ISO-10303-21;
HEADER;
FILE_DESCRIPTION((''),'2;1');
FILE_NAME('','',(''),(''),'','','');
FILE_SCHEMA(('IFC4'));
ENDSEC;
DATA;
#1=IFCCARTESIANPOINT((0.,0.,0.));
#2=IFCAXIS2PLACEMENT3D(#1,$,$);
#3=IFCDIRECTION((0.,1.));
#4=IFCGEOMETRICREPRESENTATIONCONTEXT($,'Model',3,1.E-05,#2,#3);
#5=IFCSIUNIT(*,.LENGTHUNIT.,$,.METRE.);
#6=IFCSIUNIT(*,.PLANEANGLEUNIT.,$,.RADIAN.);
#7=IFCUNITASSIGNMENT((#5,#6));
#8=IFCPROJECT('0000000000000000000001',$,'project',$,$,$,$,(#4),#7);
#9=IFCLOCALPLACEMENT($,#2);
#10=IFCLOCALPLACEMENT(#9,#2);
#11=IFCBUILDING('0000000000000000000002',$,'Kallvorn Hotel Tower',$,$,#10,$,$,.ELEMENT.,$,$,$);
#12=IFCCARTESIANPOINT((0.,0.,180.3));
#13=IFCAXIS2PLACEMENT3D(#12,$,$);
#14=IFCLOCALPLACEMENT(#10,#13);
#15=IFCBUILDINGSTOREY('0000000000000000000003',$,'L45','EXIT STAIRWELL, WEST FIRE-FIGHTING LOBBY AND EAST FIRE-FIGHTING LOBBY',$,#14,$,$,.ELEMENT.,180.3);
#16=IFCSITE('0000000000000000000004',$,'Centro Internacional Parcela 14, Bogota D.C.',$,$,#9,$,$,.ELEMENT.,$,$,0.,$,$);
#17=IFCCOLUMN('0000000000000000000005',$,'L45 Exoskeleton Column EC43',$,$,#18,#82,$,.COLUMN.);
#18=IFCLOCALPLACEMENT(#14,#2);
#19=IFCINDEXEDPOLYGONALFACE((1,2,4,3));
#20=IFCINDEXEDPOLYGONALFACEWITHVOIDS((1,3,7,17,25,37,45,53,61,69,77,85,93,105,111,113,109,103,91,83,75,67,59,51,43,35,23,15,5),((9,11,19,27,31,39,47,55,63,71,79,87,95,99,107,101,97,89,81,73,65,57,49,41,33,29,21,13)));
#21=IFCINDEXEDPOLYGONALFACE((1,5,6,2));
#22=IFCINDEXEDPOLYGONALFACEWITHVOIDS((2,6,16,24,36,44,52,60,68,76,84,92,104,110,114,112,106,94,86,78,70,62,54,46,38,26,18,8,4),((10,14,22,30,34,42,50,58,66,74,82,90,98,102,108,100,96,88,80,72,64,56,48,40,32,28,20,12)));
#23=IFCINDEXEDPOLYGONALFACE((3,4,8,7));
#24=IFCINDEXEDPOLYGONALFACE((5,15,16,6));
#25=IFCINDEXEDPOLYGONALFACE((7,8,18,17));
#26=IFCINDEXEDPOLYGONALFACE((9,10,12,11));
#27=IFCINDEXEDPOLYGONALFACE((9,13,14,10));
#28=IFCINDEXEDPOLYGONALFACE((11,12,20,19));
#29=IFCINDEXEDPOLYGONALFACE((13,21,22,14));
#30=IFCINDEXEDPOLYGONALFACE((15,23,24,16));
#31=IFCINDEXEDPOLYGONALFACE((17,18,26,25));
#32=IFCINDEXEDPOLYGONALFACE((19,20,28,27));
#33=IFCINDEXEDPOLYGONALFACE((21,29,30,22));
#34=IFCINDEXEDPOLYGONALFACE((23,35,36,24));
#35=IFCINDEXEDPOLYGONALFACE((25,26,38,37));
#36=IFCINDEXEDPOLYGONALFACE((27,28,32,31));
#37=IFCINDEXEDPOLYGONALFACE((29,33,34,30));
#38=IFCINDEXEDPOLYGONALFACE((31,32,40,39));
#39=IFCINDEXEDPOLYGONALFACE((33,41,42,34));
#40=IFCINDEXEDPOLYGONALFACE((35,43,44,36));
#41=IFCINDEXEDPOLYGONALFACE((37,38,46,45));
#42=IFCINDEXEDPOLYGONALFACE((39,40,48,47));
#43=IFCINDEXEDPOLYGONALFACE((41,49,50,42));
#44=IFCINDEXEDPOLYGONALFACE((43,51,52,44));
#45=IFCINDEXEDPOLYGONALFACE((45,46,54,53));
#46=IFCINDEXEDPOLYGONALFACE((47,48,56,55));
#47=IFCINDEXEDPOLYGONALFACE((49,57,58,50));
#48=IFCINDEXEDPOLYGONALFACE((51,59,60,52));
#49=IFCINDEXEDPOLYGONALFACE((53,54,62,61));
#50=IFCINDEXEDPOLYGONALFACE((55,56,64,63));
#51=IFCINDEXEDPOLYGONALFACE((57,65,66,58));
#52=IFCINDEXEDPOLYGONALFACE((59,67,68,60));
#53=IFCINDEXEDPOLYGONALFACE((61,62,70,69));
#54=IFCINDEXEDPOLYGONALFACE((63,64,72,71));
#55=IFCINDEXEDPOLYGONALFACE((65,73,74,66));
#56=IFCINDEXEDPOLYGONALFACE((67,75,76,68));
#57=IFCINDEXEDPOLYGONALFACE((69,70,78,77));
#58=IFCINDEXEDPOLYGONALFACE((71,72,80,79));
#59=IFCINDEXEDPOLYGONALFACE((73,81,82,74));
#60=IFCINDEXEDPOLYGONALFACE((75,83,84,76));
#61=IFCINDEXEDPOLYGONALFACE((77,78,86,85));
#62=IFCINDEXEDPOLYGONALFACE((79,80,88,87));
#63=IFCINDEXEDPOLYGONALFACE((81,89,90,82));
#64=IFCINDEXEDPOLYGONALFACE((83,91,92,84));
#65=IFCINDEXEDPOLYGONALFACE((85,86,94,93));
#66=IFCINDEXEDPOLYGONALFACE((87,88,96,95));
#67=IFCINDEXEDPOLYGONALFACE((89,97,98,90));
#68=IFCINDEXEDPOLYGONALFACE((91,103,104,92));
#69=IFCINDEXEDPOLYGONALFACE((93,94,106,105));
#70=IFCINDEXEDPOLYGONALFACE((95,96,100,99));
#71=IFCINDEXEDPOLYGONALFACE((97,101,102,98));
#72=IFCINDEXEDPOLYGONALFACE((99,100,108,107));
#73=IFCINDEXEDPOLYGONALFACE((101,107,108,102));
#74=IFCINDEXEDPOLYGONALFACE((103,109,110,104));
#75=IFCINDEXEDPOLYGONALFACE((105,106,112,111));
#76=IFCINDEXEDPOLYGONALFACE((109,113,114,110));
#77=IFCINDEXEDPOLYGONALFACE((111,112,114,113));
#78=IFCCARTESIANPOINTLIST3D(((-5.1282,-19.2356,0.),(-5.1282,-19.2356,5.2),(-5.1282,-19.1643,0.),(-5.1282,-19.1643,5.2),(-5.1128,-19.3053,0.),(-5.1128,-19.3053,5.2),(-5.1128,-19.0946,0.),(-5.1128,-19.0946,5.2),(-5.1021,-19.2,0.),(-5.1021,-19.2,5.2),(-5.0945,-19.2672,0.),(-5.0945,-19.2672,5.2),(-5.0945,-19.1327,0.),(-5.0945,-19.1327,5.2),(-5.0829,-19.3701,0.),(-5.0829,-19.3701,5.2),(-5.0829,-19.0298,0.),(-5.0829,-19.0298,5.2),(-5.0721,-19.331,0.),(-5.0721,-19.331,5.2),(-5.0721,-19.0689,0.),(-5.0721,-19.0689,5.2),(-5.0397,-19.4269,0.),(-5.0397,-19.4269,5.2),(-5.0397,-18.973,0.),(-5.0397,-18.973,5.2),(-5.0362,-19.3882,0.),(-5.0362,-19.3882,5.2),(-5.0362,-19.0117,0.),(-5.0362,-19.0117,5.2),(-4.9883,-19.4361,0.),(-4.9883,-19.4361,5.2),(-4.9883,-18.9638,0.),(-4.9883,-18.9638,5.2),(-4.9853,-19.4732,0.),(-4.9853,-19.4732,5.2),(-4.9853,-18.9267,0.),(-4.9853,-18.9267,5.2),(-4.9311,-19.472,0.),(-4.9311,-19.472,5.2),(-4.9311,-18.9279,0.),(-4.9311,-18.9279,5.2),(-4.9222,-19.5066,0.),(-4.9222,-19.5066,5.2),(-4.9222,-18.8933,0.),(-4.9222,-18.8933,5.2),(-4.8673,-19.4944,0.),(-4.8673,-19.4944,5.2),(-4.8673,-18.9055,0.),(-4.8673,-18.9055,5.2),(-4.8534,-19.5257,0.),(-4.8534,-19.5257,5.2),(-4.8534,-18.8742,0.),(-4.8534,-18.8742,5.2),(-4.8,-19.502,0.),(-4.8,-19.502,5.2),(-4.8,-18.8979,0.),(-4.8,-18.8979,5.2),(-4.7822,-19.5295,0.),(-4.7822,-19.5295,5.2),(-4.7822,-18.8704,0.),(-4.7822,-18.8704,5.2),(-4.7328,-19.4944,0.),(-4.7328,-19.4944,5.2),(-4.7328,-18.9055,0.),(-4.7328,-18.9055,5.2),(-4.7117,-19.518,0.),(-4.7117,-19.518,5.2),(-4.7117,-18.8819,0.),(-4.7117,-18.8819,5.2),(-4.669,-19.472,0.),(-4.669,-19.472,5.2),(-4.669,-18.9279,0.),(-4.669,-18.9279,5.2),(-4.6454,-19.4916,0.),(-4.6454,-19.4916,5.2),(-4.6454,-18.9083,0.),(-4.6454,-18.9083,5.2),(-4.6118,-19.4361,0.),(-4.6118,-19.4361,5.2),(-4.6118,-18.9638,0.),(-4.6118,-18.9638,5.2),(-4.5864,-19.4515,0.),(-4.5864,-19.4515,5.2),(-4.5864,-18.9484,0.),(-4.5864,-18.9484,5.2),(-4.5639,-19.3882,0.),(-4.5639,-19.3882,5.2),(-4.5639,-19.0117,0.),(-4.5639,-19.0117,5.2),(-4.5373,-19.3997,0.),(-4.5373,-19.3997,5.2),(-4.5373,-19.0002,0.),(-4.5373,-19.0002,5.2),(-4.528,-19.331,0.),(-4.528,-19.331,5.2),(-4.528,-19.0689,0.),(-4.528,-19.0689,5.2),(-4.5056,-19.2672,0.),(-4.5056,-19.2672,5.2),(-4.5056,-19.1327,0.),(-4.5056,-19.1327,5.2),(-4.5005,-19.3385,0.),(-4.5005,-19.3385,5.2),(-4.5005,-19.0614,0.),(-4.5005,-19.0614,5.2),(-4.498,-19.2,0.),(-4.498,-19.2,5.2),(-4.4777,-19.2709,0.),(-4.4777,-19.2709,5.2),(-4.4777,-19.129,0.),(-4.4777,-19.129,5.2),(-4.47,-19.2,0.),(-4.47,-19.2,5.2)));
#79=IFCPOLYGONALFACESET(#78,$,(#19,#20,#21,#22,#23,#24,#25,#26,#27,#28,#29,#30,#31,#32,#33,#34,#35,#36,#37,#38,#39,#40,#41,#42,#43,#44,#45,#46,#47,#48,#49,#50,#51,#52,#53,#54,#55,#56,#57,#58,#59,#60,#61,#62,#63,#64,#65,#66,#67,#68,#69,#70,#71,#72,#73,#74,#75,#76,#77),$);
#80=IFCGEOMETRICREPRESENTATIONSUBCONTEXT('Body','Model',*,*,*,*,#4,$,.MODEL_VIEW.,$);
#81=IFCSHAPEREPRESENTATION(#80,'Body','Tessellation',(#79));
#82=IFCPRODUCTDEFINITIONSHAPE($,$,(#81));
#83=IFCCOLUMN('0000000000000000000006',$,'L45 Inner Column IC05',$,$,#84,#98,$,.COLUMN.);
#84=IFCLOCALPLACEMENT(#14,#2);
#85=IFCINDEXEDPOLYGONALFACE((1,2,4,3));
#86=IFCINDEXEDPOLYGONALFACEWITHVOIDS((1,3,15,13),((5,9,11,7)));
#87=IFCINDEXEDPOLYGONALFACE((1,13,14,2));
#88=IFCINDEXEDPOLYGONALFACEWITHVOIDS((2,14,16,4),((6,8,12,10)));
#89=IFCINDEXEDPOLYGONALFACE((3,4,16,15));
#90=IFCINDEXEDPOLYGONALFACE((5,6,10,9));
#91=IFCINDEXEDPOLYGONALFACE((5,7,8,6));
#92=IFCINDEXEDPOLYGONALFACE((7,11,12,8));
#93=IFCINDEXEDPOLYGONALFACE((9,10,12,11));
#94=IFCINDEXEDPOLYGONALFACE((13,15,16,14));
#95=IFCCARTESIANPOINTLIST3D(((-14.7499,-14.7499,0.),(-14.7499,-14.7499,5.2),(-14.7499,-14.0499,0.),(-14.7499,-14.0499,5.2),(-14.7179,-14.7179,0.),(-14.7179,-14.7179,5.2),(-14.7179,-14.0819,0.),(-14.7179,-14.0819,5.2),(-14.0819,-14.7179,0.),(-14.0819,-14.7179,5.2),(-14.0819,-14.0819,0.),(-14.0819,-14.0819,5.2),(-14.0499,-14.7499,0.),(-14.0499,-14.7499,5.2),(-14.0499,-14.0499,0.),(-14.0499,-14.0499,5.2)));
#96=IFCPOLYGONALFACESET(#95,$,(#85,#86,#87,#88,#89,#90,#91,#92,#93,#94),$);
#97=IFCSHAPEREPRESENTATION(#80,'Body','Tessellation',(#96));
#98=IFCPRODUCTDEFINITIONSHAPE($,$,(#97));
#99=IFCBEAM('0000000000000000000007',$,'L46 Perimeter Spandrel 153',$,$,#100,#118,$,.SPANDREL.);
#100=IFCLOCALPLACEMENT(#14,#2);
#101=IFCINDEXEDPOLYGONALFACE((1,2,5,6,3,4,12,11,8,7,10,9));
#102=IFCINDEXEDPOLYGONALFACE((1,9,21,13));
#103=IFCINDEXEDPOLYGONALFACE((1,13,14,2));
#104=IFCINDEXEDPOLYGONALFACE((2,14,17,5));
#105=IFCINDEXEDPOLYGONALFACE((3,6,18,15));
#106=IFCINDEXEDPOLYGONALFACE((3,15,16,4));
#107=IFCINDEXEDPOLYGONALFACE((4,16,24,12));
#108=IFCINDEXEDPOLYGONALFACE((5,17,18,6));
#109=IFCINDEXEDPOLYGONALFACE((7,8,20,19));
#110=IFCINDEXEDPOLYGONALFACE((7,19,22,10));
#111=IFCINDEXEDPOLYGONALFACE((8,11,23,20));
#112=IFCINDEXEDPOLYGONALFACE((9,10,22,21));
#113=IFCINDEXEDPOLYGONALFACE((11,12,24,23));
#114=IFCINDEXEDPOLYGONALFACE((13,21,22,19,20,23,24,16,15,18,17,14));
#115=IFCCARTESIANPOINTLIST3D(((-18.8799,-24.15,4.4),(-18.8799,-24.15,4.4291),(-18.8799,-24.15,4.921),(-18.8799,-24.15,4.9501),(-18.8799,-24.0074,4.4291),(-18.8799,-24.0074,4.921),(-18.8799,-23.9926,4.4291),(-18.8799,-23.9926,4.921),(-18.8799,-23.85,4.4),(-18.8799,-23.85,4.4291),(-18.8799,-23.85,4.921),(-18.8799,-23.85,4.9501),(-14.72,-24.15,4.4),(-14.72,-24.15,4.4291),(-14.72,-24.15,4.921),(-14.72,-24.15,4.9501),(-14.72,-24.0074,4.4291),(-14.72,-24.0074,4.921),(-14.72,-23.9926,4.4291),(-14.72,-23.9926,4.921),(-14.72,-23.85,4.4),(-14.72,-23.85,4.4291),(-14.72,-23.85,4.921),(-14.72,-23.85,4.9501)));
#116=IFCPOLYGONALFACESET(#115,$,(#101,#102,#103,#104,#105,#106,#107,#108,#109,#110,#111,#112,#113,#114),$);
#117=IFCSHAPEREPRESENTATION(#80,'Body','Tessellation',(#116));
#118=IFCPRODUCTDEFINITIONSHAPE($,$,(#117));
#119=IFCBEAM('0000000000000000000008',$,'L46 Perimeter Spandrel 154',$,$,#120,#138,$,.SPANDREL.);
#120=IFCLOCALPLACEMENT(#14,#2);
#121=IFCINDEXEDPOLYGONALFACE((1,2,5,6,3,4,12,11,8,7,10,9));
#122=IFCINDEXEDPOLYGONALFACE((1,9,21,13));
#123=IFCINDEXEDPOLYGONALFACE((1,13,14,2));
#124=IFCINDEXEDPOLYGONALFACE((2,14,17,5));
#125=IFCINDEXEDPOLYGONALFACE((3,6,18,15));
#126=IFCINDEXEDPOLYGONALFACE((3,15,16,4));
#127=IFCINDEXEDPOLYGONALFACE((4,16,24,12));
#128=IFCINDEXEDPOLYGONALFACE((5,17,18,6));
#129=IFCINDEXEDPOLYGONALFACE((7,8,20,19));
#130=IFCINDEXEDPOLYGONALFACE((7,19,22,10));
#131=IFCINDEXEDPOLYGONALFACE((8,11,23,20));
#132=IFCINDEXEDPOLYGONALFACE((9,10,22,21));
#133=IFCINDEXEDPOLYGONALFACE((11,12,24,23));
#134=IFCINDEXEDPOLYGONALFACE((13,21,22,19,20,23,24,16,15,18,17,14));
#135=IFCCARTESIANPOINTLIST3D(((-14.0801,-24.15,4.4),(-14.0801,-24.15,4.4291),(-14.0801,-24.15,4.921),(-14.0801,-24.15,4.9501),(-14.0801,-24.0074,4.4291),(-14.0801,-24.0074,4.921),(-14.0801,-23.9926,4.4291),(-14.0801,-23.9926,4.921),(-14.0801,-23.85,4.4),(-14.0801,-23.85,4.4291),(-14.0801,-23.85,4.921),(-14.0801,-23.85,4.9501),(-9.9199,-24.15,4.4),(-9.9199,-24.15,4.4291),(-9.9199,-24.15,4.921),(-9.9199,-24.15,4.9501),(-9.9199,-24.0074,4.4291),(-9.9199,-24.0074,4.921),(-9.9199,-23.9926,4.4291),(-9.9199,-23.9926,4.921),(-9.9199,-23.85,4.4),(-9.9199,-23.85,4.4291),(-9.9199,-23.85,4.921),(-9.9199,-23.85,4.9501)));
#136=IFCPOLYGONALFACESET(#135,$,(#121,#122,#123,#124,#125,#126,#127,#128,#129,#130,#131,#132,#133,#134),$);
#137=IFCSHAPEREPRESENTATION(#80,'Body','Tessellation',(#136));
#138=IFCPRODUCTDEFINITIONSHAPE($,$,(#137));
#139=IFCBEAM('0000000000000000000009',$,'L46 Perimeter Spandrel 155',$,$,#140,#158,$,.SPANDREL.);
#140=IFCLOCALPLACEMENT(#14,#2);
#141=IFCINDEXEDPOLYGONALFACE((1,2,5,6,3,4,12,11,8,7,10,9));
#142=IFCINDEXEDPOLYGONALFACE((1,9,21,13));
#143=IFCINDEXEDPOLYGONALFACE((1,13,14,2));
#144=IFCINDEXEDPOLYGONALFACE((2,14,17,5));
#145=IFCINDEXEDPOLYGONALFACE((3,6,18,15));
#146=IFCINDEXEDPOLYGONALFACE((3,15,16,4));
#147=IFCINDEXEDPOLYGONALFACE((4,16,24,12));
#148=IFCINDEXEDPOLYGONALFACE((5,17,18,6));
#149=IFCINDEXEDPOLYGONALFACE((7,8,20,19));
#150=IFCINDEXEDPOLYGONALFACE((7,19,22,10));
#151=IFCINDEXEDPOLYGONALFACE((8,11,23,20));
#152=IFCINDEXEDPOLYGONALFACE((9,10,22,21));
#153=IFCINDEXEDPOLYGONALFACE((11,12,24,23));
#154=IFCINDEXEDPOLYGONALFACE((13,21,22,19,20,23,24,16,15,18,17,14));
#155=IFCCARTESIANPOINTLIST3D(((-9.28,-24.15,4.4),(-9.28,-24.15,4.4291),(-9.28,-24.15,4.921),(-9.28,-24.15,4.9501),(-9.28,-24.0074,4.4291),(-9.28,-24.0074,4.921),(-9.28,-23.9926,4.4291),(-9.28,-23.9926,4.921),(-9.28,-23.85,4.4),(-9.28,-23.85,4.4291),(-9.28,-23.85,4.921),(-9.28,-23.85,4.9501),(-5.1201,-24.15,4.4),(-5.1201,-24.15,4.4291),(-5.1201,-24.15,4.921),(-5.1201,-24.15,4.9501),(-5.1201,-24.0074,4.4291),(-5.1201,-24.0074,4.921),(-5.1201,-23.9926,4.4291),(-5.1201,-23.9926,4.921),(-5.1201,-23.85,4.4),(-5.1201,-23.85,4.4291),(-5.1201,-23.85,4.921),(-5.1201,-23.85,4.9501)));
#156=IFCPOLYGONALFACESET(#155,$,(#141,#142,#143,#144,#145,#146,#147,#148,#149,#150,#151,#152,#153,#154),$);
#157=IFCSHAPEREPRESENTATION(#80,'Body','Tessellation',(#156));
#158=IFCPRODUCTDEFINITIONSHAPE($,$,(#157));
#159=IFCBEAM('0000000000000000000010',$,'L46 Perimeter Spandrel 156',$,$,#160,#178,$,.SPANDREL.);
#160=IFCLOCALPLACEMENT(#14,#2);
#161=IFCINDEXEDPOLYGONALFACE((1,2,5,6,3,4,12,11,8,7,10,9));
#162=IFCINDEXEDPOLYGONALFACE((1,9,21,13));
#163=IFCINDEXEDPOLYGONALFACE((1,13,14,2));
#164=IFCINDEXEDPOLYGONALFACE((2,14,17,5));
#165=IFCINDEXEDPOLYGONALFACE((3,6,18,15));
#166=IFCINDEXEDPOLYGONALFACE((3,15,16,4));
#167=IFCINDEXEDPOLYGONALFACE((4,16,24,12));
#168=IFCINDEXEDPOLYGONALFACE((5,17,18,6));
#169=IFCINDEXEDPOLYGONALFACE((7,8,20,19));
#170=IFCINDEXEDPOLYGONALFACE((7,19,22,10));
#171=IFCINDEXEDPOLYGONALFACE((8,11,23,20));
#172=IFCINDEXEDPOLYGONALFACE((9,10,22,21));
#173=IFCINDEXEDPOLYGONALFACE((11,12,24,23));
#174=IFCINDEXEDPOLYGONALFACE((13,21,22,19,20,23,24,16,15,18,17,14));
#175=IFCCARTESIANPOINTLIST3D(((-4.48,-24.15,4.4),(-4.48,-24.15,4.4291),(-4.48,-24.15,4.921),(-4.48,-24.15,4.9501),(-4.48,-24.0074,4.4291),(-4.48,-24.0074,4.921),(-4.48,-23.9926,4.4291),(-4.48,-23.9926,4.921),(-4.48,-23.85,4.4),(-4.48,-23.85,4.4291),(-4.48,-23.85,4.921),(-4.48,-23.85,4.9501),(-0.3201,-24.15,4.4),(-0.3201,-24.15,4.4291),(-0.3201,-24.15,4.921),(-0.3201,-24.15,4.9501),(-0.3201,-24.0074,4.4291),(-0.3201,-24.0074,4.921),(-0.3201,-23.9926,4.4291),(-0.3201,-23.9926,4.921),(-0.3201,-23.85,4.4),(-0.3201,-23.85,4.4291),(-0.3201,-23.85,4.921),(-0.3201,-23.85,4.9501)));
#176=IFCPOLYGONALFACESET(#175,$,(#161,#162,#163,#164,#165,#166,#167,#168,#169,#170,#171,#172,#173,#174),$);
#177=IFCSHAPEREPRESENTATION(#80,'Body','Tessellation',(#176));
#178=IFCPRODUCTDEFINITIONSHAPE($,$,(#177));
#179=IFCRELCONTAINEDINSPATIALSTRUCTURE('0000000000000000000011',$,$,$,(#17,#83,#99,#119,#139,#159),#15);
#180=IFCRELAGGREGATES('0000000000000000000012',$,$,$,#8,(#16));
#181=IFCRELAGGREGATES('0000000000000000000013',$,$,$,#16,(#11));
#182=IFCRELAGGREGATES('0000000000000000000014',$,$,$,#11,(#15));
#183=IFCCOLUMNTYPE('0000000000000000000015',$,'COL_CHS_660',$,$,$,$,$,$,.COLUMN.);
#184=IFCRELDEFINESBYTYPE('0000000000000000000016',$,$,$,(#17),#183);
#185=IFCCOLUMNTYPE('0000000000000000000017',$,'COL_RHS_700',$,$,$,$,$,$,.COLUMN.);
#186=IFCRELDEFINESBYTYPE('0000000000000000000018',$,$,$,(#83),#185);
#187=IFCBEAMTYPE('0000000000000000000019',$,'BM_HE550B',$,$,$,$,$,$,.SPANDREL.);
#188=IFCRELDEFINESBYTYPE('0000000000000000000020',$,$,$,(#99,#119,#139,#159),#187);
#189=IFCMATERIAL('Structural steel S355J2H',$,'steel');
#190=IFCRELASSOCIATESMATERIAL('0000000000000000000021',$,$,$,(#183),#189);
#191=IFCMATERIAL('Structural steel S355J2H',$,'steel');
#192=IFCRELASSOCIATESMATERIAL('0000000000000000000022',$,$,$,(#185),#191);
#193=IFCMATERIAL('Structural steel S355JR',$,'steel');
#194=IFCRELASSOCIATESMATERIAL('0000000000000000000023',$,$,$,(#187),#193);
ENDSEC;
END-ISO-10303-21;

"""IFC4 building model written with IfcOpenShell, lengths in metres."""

from ifc_helpers import new_model, si_unit, direction, frame, origin, origin_2d, place, context, subcontext, project, spatial, hollow_rectangle, hollow_circle, i_section, extrude, material, material_profile, profile_set, type_object, element, save


model = new_model("IFC4")

# Units and contexts
model_context = context("Model", 3, precision=1e-05, world=origin(), true_north=direction((0.0, 1.0)))
body_context = subcontext(model_context, "Body", "Model", "MODEL_VIEW")
ifc_project = project(units=[si_unit("LENGTHUNIT", "METRE"), si_unit("PLANEANGLEUNIT", "RADIAN")], contexts=[model_context])

# Site, building, storey
site_placement = place(None, origin())
site = spatial("IfcSite", under=ifc_project, at=site_placement, Name="Centro Internacional Parcela 14, Bogota D.C.", CompositionType="ELEMENT", RefElevation=0.0)
building_placement = place(site_placement, origin())
building = spatial("IfcBuilding", under=site, at=building_placement, Name="Kallvorn Hotel Tower", CompositionType="ELEMENT")
storey_placement = place(building_placement, frame((0.0, 0.0, 180.3)))
storey = spatial("IfcBuildingStorey", under=building, at=storey_placement, Name="L45", Description="EXIT STAIRWELL, WEST FIRE-FIGHTING LOBBY AND EAST FIRE-FIGHTING LOBBY", CompositionType="ELEMENT", Elevation=180.3)

# Columns
ifc_material_1 = material(Name="Structural steel S355J2H", Category="steel")
ifc_material_profile_1 = material_profile(ifc_material_1, hollow_circle(Radius=0.3301, WallThickness=0.0281, at=origin_2d()), Name="CHS 660x28")
ifc_profile_set_1 = profile_set([ifc_material_profile_1], Name="Structural steel S355J2H")
column_type_1 = type_object("IfcColumnType", Name="COL_CHS_660", PredefinedType="COLUMN", material=ifc_profile_set_1)
for number, where, z_axis, x_axis, name in (
    (1, (-4.8, -19.2, 0.0), (0.0, 0.0, 1.0), (1.0, 0.0, 0.0), "L45 Exoskeleton Column EC43"),
):
    element("IfcColumn", number, at=place(storey_placement, frame(where, z_axis=z_axis, x_axis=x_axis)), inside=storey, type_object=column_type_1, Name=name, PredefinedType="COLUMN", context=body_context, shape_type="SweptSolid", body=[
        extrude(hollow_circle(Radius=0.3301, WallThickness=0.0281, at=origin_2d()), origin(), (0.0, 0.0, 1.0), 5.2),
    ])
ifc_material_2 = material(Name="Structural steel S355J2H", Category="steel")
ifc_material_profile_2 = material_profile(ifc_material_2, hollow_rectangle(XDim=0.7, YDim=0.7, WallThickness=0.032, at=origin_2d()), Name="RHS 700x700x32")
ifc_profile_set_2 = profile_set([ifc_material_profile_2], Name="Structural steel S355J2H")
column_type_2 = type_object("IfcColumnType", Name="COL_RHS_700", PredefinedType="COLUMN", material=ifc_profile_set_2)
column_placement = place(storey_placement, frame((-14.3999, -14.3999, 0.0), z_axis=(0.0, 0.0, 1.0), x_axis=(1.0, 0.0, 0.0)))
element("IfcColumn", 2, at=column_placement, inside=storey, type_object=column_type_2, Name="L45 Inner Column IC05", PredefinedType="COLUMN", context=body_context, shape_type="SweptSolid", body=[
    extrude(hollow_rectangle(XDim=0.7, YDim=0.7, WallThickness=0.032, at=origin_2d()), origin(), (0.0, 0.0, 1.0), 5.2),
])

# Beams
ifc_material_3 = material(Name="Structural steel S355JR", Category="steel")
ifc_material_profile_3 = material_profile(ifc_material_3, i_section(OverallWidth=0.3, OverallDepth=0.55, WebThickness=0.0149, FlangeThickness=0.0291, at=origin_2d()), Name="HE 550 B")
ifc_profile_set_3 = profile_set([ifc_material_profile_3], Name="Structural steel S355JR")
beam_type_1 = type_object("IfcBeamType", Name="BM_HE550B", PredefinedType="SPANDREL", material=ifc_profile_set_3)
beam_1_placement = place(storey_placement, frame((-18.8799, -24.0, 4.675), z_axis=(1.0, 0.0, 0.0), x_axis=(0.0, 1.0, 0.0)))
element("IfcBeam", 3, at=beam_1_placement, inside=storey, type_object=beam_type_1, Name="L46 Perimeter Spandrel 153", PredefinedType="SPANDREL", context=body_context, shape_type="SweptSolid", body=[
    extrude(i_section(OverallWidth=0.3, OverallDepth=0.55, WebThickness=0.0149, FlangeThickness=0.0291, at=origin_2d()), origin(), (0.0, 0.0, 1.0), 4.1599),
])
beam_2_placement = place(storey_placement, frame((-14.0801, -24.0, 4.675), z_axis=(1.0, 0.0, 0.0), x_axis=(0.0, 1.0, 0.0)))
element("IfcBeam", 4, at=beam_2_placement, inside=storey, type_object=beam_type_1, Name="L46 Perimeter Spandrel 154", PredefinedType="SPANDREL", context=body_context, shape_type="SweptSolid", body=[
    extrude(i_section(OverallWidth=0.3, OverallDepth=0.55, WebThickness=0.0149, FlangeThickness=0.0291, at=origin_2d()), origin(), (0.0, 0.0, 1.0), 4.1602),
])
for number, where, z_axis, x_axis, name in (
    (5, (-9.28, -24.0, 4.675), (1.0, 0.0, 0.0), (0.0, 1.0, 0.0), "L46 Perimeter Spandrel 155"),
    (6, (-4.48, -24.0, 4.675), (1.0, 0.0, 0.0), (0.0, 1.0, 0.0), "L46 Perimeter Spandrel 156"),
):
    element("IfcBeam", number, at=place(storey_placement, frame(where, z_axis=z_axis, x_axis=x_axis)), inside=storey, type_object=beam_type_1, Name=name, PredefinedType="SPANDREL", context=body_context, shape_type="SweptSolid", body=[
        extrude(i_section(OverallWidth=0.3, OverallDepth=0.55, WebThickness=0.0149, FlangeThickness=0.0291, at=origin_2d()), origin(), (0.0, 0.0, 1.0), 4.1599),
    ])

save(model, "model.ifc")
